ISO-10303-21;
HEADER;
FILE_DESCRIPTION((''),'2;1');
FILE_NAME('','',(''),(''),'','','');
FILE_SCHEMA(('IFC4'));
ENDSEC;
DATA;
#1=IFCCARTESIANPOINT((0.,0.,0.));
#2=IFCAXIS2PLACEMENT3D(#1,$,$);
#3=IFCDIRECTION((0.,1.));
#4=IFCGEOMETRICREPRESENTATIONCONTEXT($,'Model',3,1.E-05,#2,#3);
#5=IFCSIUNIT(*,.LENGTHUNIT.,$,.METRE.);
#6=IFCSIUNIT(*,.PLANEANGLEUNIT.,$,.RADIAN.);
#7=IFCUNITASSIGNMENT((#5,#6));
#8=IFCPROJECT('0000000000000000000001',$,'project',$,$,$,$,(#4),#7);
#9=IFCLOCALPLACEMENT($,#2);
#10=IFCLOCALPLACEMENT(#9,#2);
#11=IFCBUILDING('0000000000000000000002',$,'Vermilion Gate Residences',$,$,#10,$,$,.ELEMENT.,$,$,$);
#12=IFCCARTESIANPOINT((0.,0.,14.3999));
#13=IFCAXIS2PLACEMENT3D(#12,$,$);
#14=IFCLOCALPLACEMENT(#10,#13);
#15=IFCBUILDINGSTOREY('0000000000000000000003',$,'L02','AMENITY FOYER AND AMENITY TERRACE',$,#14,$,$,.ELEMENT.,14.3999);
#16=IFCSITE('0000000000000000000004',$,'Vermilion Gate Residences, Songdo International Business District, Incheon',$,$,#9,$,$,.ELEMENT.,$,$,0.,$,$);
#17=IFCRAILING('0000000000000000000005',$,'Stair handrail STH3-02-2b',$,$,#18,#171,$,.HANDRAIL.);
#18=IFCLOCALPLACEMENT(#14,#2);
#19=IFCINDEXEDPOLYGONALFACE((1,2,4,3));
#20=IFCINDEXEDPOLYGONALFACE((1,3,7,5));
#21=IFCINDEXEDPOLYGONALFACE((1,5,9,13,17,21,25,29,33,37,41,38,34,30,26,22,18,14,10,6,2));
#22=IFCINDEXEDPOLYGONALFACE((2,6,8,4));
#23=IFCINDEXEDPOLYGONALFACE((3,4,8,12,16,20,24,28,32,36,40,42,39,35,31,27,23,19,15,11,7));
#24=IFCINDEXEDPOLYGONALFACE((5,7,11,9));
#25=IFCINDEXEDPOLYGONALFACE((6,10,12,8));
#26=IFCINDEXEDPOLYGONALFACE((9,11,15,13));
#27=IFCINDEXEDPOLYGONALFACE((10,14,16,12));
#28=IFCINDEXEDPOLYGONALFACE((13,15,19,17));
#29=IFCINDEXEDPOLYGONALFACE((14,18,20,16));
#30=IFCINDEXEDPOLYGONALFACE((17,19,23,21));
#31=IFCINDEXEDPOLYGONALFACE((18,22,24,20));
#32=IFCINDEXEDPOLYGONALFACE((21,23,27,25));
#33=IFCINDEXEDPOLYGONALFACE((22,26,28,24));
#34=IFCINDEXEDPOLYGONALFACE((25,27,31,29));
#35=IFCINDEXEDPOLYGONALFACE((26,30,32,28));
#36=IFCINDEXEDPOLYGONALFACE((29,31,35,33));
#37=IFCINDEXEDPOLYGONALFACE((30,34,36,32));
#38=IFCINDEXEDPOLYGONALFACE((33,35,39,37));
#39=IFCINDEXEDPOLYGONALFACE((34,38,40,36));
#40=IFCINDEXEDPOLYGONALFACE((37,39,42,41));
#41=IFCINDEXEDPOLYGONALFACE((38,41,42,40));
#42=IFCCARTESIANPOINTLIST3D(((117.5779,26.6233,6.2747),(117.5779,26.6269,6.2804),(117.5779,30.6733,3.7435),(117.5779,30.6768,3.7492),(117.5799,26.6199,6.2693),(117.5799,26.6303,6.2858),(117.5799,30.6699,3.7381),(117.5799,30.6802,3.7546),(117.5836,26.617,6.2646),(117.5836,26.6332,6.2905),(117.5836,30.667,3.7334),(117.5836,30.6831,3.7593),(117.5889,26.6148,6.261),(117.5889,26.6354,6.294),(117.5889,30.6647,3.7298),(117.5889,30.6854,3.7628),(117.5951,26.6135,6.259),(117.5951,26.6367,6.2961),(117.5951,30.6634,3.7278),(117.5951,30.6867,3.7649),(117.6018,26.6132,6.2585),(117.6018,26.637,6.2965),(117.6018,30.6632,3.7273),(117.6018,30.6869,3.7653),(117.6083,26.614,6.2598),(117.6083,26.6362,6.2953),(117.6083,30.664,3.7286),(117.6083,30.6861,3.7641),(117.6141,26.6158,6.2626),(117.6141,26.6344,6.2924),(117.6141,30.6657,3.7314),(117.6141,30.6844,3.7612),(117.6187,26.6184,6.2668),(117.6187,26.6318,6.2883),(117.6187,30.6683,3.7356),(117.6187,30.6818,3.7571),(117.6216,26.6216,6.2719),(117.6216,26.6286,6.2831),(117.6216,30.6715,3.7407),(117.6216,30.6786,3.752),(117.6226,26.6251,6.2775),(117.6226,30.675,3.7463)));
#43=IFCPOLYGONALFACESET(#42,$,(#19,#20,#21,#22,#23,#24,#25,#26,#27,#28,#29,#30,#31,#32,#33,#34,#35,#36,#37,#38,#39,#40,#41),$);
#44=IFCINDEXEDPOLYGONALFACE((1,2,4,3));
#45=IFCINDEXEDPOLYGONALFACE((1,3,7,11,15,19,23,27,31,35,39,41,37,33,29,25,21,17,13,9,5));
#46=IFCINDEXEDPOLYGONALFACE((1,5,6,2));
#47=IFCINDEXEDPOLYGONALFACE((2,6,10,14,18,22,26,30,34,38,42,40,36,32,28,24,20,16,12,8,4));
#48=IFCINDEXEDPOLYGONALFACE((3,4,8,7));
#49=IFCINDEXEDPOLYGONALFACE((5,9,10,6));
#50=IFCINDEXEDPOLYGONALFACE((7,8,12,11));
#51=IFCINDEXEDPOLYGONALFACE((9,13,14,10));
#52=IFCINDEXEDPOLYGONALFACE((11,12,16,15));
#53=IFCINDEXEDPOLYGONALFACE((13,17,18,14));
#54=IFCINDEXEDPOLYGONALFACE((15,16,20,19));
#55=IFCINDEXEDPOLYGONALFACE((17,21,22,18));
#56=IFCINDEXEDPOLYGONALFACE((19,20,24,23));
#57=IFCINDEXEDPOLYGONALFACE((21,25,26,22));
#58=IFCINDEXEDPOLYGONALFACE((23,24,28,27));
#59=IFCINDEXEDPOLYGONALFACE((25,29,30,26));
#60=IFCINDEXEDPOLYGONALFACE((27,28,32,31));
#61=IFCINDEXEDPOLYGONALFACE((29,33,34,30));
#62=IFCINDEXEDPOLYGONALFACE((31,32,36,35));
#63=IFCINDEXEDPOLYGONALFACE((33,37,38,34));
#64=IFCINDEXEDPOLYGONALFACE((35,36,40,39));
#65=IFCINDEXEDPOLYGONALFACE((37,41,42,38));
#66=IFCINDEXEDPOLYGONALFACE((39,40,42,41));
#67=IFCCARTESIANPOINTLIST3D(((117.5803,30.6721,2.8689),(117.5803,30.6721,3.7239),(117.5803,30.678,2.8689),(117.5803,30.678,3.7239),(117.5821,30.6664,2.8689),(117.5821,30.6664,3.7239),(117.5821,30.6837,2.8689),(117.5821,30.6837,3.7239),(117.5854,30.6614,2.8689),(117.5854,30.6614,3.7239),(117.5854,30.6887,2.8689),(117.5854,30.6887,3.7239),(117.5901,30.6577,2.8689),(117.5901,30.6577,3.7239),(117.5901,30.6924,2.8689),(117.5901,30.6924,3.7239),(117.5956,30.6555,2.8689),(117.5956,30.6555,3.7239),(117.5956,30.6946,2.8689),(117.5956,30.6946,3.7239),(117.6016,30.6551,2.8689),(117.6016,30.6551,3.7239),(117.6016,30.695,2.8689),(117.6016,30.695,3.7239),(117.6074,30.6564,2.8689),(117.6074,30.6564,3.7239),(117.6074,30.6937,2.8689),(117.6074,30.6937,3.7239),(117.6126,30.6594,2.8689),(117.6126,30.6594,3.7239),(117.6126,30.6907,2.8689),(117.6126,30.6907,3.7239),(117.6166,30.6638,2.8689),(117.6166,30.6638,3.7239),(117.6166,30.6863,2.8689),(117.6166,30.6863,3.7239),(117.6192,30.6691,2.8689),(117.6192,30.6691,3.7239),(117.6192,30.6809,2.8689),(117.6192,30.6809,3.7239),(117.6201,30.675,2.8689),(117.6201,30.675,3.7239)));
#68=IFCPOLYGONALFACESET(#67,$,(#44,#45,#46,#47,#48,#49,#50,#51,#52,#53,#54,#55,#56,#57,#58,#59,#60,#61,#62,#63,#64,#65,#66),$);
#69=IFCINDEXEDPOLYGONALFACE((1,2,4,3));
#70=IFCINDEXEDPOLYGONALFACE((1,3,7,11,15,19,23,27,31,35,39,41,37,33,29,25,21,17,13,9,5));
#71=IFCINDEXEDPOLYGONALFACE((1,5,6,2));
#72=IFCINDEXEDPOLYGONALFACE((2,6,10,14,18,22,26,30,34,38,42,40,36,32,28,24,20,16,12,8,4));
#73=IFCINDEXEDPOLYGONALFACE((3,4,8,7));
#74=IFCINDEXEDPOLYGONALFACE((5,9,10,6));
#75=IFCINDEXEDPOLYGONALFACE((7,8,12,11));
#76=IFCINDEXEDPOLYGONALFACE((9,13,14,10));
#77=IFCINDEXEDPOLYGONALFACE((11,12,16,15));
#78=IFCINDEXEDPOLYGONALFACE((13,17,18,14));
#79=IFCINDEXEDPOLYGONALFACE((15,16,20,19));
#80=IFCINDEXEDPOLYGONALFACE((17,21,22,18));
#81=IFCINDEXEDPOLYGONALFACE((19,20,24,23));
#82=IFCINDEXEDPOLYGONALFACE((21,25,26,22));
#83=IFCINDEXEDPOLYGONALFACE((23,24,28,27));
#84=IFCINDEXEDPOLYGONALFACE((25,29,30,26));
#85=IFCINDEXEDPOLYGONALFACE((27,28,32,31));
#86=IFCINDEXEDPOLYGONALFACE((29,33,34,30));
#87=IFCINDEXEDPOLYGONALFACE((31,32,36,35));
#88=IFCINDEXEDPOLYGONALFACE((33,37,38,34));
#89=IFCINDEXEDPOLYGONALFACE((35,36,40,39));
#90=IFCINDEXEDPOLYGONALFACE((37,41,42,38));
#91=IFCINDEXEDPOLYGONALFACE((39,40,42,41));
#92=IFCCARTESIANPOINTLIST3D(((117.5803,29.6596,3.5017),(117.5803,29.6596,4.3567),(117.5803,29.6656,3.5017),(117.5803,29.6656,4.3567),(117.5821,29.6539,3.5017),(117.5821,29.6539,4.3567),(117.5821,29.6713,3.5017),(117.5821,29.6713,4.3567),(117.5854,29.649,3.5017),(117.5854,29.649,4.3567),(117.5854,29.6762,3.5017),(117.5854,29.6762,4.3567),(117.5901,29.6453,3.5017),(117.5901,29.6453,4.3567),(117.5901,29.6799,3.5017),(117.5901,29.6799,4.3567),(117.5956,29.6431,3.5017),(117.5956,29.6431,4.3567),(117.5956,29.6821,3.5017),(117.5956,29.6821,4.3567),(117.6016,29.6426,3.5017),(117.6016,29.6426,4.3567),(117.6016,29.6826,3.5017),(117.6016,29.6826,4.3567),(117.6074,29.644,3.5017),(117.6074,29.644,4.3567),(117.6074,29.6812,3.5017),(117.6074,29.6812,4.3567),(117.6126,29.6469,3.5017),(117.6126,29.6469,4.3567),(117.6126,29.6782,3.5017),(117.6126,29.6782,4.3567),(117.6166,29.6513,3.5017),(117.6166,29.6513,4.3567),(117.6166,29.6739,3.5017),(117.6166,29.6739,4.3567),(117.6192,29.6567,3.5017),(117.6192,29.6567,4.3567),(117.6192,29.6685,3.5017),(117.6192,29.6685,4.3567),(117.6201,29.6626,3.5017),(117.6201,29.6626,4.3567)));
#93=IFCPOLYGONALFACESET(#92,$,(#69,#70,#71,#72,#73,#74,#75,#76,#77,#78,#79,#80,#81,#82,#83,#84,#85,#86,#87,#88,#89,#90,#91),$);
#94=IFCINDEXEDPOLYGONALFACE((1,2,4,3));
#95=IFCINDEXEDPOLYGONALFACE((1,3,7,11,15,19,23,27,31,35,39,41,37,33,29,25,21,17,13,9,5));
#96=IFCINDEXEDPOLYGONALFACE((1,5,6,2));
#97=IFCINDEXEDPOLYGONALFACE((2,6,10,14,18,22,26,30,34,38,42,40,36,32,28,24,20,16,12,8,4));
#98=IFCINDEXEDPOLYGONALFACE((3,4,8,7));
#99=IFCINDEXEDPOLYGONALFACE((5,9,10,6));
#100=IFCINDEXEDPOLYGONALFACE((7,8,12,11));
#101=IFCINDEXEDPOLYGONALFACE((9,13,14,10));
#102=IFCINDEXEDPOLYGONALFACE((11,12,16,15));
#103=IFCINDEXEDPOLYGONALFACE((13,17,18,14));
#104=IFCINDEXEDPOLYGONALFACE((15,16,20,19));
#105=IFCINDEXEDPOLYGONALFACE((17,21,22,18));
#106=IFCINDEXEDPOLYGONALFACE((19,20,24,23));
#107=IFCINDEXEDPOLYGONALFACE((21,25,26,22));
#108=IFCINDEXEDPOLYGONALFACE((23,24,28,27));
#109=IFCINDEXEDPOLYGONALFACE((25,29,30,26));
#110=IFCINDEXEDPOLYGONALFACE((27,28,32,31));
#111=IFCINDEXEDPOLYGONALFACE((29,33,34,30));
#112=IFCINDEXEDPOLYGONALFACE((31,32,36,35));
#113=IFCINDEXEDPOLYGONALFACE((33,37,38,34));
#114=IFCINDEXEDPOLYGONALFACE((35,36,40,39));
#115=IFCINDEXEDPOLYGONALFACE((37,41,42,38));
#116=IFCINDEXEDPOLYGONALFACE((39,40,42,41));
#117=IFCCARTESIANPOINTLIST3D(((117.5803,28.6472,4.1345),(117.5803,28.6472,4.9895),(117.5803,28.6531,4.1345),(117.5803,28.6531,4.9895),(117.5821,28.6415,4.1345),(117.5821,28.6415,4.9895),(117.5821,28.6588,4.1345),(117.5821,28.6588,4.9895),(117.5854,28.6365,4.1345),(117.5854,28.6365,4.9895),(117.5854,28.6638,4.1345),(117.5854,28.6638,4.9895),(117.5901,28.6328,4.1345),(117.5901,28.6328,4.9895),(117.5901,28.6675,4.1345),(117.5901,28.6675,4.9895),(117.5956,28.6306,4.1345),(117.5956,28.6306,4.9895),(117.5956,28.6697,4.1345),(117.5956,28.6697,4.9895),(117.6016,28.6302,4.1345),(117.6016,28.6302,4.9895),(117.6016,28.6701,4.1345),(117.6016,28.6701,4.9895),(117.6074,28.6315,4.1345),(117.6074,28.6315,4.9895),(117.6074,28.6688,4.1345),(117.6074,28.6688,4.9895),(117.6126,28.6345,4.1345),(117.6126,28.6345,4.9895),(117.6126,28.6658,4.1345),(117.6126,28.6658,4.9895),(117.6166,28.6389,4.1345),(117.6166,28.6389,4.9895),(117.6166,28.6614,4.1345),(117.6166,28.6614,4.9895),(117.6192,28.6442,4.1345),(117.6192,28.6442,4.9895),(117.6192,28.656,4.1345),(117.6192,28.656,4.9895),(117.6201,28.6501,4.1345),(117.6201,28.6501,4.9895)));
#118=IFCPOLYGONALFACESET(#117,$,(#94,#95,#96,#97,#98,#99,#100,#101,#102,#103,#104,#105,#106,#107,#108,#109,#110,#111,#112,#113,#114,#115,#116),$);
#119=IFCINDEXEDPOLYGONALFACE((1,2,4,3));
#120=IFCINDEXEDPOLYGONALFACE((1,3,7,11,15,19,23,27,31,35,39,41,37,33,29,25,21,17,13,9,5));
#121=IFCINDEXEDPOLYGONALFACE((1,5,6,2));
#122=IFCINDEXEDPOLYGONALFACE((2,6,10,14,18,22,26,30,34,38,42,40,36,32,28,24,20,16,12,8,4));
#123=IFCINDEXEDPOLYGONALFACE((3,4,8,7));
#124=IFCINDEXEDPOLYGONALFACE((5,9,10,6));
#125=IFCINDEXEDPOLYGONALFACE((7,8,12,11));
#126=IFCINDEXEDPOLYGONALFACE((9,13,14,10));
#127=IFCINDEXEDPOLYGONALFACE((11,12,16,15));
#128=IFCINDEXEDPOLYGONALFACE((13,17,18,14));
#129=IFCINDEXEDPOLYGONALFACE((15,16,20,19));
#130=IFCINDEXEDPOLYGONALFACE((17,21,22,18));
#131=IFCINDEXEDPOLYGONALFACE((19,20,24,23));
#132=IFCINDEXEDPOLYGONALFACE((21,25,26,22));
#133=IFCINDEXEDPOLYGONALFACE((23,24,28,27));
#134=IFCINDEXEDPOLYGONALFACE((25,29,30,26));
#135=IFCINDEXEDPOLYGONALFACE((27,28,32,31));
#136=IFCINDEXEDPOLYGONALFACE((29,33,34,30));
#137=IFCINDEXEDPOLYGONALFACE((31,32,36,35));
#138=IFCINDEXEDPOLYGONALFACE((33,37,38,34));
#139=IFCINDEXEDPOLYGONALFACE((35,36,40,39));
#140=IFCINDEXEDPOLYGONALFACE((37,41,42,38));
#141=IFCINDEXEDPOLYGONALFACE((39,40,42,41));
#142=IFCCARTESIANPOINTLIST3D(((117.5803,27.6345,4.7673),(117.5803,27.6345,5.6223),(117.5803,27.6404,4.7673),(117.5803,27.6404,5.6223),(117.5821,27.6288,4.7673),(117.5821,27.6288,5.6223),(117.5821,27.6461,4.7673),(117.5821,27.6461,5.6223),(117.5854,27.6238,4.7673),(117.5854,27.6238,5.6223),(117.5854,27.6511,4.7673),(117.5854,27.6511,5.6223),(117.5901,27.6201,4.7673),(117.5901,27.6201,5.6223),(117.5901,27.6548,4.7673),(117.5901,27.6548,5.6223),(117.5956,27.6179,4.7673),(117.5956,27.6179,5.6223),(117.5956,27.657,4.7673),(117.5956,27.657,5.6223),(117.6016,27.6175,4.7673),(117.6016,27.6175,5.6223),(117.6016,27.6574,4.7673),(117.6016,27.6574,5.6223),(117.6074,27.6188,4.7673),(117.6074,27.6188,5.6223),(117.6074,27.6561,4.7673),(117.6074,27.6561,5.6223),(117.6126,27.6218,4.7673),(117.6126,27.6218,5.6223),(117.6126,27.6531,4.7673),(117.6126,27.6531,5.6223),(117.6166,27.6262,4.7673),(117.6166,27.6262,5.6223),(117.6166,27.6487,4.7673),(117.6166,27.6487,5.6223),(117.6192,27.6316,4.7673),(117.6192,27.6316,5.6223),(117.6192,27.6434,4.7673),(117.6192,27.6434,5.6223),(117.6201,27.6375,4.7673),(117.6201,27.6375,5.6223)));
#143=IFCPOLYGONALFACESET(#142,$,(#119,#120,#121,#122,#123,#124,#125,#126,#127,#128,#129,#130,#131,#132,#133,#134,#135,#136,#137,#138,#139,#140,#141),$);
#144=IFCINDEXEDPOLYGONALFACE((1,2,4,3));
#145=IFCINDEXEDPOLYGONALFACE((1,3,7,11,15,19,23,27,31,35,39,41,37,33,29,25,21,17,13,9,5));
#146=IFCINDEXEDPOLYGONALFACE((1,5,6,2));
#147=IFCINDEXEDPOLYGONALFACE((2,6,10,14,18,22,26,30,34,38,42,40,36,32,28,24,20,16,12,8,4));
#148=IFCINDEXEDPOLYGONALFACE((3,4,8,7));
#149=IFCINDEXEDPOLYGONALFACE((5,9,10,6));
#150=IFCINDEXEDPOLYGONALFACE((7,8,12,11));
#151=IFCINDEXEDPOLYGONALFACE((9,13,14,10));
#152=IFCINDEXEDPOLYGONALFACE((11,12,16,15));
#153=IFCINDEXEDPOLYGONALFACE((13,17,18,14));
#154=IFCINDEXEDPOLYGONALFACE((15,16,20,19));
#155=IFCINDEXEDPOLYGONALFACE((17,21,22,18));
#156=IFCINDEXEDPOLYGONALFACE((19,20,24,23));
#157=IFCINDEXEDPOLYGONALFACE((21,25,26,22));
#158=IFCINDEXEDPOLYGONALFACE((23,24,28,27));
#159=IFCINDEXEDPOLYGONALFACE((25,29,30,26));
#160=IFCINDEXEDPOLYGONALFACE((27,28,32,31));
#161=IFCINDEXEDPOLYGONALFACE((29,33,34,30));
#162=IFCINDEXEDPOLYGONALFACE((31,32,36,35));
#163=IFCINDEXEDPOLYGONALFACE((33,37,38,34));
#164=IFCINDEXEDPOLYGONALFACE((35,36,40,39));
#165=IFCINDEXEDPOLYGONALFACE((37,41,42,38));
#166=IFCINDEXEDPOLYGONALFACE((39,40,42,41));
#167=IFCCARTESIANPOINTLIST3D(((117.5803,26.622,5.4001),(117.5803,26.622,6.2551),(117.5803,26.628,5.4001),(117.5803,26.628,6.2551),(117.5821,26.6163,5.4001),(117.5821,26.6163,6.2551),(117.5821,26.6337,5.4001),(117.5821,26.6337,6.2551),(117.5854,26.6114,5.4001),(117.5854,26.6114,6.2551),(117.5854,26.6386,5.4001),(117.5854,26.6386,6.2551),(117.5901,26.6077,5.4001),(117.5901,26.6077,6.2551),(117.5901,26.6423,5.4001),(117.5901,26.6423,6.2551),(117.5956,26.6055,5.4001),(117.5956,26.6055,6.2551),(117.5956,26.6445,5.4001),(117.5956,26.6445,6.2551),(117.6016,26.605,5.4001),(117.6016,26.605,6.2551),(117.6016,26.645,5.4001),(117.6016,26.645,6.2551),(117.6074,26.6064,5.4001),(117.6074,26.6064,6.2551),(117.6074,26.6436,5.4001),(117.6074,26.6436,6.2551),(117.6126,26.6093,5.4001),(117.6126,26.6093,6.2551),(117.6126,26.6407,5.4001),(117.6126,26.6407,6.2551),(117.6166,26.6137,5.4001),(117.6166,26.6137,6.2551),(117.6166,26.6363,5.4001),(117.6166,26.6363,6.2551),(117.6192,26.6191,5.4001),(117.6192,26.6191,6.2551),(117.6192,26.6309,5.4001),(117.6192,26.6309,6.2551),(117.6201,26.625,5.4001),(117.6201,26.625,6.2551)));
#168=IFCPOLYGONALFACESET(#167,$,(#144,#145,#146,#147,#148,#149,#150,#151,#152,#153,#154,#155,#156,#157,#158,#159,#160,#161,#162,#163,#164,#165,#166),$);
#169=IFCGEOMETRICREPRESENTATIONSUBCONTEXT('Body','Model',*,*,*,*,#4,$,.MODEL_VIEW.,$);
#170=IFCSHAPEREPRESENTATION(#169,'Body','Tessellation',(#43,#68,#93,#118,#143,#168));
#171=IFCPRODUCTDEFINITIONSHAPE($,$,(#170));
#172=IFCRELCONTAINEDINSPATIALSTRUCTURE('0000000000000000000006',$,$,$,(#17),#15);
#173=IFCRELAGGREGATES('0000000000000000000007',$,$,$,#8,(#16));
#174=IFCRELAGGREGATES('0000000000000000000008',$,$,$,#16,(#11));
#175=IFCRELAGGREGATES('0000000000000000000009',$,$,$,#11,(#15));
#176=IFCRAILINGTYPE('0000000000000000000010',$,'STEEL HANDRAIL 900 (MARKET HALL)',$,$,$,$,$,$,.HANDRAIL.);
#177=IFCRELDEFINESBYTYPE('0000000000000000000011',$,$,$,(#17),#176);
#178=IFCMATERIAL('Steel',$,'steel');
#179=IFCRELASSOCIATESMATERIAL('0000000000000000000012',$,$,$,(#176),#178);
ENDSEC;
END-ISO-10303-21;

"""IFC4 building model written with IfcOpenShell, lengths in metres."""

from ifc_helpers import new_model, si_unit, direction, frame, origin, origin_2d, place, context, subcontext, project, spatial, circle, extrude, material, type_object, element, save


model = new_model("IFC4")

# Units and contexts
model_context = context("Model", 3, precision=1e-05, world=origin(), true_north=direction((0.0, 1.0)))
body_context = subcontext(model_context, "Body", "Model", "MODEL_VIEW")
ifc_project = project(units=[si_unit("LENGTHUNIT", "METRE"), si_unit("PLANEANGLEUNIT", "RADIAN")], contexts=[model_context])

# Site, building, storey
site_placement = place(None, origin())
site = spatial("IfcSite", under=ifc_project, at=site_placement, Name="Vermilion Gate Residences, Songdo International Business District, Incheon", CompositionType="ELEMENT", RefElevation=0.0)
building_placement = place(site_placement, origin())
building = spatial("IfcBuilding", under=site, at=building_placement, Name="Vermilion Gate Residences", CompositionType="ELEMENT")
storey_placement = place(building_placement, frame((0.0, 0.0, 14.3999)))
storey = spatial("IfcBuildingStorey", under=building, at=storey_placement, Name="L02", Description="AMENITY FOYER AND AMENITY TERRACE", CompositionType="ELEMENT", Elevation=14.3999)

# Railing
ifc_material_1 = material(Name="Steel", Category="steel")
railing_type_1 = type_object("IfcRailingType", Name="STEEL HANDRAIL 900 (MARKET HALL)", PredefinedType="HANDRAIL", material=ifc_material_1)
for number, where, name in (
    (1, (117.6001, 30.675, 2.8689), "Stair handrail STH3-02-2b"),
):
    element("IfcRailing", number, at=place(storey_placement, frame(where)), inside=storey, type_object=railing_type_1, Name=name, PredefinedType="HANDRAIL", context=body_context, shape_type="SweptSolid", body=[
        extrude(circle(Radius=0.0225, at=origin_2d()), frame((0.0, 0.0, 0.8774), z_axis=(0.0, -0.848001, 0.529994), x_axis=(1.0, 0.0, 0.0)), (0.0, 0.0, 1.0), 4.7759),
        extrude(circle(Radius=0.02, at=origin_2d()), origin(), (0.0, 0.0, 1.0), 0.855),
        extrude(circle(Radius=0.02, at=origin_2d()), frame((0.0, -1.0125, 0.6328)), (0.0, 0.0, 1.0), 0.855),
        extrude(circle(Radius=0.02, at=origin_2d()), frame((0.0, -2.0249, 1.2656)), (0.0, 0.0, 1.0), 0.855),
        extrude(circle(Radius=0.02, at=origin_2d()), frame((0.0, -3.0376, 1.8984)), (0.0, 0.0, 1.0), 0.855),
        extrude(circle(Radius=0.02, at=origin_2d()), frame((0.0, -4.05, 2.5312)), (0.0, 0.0, 1.0), 0.855),
    ])

save(model, "model.ifc")
